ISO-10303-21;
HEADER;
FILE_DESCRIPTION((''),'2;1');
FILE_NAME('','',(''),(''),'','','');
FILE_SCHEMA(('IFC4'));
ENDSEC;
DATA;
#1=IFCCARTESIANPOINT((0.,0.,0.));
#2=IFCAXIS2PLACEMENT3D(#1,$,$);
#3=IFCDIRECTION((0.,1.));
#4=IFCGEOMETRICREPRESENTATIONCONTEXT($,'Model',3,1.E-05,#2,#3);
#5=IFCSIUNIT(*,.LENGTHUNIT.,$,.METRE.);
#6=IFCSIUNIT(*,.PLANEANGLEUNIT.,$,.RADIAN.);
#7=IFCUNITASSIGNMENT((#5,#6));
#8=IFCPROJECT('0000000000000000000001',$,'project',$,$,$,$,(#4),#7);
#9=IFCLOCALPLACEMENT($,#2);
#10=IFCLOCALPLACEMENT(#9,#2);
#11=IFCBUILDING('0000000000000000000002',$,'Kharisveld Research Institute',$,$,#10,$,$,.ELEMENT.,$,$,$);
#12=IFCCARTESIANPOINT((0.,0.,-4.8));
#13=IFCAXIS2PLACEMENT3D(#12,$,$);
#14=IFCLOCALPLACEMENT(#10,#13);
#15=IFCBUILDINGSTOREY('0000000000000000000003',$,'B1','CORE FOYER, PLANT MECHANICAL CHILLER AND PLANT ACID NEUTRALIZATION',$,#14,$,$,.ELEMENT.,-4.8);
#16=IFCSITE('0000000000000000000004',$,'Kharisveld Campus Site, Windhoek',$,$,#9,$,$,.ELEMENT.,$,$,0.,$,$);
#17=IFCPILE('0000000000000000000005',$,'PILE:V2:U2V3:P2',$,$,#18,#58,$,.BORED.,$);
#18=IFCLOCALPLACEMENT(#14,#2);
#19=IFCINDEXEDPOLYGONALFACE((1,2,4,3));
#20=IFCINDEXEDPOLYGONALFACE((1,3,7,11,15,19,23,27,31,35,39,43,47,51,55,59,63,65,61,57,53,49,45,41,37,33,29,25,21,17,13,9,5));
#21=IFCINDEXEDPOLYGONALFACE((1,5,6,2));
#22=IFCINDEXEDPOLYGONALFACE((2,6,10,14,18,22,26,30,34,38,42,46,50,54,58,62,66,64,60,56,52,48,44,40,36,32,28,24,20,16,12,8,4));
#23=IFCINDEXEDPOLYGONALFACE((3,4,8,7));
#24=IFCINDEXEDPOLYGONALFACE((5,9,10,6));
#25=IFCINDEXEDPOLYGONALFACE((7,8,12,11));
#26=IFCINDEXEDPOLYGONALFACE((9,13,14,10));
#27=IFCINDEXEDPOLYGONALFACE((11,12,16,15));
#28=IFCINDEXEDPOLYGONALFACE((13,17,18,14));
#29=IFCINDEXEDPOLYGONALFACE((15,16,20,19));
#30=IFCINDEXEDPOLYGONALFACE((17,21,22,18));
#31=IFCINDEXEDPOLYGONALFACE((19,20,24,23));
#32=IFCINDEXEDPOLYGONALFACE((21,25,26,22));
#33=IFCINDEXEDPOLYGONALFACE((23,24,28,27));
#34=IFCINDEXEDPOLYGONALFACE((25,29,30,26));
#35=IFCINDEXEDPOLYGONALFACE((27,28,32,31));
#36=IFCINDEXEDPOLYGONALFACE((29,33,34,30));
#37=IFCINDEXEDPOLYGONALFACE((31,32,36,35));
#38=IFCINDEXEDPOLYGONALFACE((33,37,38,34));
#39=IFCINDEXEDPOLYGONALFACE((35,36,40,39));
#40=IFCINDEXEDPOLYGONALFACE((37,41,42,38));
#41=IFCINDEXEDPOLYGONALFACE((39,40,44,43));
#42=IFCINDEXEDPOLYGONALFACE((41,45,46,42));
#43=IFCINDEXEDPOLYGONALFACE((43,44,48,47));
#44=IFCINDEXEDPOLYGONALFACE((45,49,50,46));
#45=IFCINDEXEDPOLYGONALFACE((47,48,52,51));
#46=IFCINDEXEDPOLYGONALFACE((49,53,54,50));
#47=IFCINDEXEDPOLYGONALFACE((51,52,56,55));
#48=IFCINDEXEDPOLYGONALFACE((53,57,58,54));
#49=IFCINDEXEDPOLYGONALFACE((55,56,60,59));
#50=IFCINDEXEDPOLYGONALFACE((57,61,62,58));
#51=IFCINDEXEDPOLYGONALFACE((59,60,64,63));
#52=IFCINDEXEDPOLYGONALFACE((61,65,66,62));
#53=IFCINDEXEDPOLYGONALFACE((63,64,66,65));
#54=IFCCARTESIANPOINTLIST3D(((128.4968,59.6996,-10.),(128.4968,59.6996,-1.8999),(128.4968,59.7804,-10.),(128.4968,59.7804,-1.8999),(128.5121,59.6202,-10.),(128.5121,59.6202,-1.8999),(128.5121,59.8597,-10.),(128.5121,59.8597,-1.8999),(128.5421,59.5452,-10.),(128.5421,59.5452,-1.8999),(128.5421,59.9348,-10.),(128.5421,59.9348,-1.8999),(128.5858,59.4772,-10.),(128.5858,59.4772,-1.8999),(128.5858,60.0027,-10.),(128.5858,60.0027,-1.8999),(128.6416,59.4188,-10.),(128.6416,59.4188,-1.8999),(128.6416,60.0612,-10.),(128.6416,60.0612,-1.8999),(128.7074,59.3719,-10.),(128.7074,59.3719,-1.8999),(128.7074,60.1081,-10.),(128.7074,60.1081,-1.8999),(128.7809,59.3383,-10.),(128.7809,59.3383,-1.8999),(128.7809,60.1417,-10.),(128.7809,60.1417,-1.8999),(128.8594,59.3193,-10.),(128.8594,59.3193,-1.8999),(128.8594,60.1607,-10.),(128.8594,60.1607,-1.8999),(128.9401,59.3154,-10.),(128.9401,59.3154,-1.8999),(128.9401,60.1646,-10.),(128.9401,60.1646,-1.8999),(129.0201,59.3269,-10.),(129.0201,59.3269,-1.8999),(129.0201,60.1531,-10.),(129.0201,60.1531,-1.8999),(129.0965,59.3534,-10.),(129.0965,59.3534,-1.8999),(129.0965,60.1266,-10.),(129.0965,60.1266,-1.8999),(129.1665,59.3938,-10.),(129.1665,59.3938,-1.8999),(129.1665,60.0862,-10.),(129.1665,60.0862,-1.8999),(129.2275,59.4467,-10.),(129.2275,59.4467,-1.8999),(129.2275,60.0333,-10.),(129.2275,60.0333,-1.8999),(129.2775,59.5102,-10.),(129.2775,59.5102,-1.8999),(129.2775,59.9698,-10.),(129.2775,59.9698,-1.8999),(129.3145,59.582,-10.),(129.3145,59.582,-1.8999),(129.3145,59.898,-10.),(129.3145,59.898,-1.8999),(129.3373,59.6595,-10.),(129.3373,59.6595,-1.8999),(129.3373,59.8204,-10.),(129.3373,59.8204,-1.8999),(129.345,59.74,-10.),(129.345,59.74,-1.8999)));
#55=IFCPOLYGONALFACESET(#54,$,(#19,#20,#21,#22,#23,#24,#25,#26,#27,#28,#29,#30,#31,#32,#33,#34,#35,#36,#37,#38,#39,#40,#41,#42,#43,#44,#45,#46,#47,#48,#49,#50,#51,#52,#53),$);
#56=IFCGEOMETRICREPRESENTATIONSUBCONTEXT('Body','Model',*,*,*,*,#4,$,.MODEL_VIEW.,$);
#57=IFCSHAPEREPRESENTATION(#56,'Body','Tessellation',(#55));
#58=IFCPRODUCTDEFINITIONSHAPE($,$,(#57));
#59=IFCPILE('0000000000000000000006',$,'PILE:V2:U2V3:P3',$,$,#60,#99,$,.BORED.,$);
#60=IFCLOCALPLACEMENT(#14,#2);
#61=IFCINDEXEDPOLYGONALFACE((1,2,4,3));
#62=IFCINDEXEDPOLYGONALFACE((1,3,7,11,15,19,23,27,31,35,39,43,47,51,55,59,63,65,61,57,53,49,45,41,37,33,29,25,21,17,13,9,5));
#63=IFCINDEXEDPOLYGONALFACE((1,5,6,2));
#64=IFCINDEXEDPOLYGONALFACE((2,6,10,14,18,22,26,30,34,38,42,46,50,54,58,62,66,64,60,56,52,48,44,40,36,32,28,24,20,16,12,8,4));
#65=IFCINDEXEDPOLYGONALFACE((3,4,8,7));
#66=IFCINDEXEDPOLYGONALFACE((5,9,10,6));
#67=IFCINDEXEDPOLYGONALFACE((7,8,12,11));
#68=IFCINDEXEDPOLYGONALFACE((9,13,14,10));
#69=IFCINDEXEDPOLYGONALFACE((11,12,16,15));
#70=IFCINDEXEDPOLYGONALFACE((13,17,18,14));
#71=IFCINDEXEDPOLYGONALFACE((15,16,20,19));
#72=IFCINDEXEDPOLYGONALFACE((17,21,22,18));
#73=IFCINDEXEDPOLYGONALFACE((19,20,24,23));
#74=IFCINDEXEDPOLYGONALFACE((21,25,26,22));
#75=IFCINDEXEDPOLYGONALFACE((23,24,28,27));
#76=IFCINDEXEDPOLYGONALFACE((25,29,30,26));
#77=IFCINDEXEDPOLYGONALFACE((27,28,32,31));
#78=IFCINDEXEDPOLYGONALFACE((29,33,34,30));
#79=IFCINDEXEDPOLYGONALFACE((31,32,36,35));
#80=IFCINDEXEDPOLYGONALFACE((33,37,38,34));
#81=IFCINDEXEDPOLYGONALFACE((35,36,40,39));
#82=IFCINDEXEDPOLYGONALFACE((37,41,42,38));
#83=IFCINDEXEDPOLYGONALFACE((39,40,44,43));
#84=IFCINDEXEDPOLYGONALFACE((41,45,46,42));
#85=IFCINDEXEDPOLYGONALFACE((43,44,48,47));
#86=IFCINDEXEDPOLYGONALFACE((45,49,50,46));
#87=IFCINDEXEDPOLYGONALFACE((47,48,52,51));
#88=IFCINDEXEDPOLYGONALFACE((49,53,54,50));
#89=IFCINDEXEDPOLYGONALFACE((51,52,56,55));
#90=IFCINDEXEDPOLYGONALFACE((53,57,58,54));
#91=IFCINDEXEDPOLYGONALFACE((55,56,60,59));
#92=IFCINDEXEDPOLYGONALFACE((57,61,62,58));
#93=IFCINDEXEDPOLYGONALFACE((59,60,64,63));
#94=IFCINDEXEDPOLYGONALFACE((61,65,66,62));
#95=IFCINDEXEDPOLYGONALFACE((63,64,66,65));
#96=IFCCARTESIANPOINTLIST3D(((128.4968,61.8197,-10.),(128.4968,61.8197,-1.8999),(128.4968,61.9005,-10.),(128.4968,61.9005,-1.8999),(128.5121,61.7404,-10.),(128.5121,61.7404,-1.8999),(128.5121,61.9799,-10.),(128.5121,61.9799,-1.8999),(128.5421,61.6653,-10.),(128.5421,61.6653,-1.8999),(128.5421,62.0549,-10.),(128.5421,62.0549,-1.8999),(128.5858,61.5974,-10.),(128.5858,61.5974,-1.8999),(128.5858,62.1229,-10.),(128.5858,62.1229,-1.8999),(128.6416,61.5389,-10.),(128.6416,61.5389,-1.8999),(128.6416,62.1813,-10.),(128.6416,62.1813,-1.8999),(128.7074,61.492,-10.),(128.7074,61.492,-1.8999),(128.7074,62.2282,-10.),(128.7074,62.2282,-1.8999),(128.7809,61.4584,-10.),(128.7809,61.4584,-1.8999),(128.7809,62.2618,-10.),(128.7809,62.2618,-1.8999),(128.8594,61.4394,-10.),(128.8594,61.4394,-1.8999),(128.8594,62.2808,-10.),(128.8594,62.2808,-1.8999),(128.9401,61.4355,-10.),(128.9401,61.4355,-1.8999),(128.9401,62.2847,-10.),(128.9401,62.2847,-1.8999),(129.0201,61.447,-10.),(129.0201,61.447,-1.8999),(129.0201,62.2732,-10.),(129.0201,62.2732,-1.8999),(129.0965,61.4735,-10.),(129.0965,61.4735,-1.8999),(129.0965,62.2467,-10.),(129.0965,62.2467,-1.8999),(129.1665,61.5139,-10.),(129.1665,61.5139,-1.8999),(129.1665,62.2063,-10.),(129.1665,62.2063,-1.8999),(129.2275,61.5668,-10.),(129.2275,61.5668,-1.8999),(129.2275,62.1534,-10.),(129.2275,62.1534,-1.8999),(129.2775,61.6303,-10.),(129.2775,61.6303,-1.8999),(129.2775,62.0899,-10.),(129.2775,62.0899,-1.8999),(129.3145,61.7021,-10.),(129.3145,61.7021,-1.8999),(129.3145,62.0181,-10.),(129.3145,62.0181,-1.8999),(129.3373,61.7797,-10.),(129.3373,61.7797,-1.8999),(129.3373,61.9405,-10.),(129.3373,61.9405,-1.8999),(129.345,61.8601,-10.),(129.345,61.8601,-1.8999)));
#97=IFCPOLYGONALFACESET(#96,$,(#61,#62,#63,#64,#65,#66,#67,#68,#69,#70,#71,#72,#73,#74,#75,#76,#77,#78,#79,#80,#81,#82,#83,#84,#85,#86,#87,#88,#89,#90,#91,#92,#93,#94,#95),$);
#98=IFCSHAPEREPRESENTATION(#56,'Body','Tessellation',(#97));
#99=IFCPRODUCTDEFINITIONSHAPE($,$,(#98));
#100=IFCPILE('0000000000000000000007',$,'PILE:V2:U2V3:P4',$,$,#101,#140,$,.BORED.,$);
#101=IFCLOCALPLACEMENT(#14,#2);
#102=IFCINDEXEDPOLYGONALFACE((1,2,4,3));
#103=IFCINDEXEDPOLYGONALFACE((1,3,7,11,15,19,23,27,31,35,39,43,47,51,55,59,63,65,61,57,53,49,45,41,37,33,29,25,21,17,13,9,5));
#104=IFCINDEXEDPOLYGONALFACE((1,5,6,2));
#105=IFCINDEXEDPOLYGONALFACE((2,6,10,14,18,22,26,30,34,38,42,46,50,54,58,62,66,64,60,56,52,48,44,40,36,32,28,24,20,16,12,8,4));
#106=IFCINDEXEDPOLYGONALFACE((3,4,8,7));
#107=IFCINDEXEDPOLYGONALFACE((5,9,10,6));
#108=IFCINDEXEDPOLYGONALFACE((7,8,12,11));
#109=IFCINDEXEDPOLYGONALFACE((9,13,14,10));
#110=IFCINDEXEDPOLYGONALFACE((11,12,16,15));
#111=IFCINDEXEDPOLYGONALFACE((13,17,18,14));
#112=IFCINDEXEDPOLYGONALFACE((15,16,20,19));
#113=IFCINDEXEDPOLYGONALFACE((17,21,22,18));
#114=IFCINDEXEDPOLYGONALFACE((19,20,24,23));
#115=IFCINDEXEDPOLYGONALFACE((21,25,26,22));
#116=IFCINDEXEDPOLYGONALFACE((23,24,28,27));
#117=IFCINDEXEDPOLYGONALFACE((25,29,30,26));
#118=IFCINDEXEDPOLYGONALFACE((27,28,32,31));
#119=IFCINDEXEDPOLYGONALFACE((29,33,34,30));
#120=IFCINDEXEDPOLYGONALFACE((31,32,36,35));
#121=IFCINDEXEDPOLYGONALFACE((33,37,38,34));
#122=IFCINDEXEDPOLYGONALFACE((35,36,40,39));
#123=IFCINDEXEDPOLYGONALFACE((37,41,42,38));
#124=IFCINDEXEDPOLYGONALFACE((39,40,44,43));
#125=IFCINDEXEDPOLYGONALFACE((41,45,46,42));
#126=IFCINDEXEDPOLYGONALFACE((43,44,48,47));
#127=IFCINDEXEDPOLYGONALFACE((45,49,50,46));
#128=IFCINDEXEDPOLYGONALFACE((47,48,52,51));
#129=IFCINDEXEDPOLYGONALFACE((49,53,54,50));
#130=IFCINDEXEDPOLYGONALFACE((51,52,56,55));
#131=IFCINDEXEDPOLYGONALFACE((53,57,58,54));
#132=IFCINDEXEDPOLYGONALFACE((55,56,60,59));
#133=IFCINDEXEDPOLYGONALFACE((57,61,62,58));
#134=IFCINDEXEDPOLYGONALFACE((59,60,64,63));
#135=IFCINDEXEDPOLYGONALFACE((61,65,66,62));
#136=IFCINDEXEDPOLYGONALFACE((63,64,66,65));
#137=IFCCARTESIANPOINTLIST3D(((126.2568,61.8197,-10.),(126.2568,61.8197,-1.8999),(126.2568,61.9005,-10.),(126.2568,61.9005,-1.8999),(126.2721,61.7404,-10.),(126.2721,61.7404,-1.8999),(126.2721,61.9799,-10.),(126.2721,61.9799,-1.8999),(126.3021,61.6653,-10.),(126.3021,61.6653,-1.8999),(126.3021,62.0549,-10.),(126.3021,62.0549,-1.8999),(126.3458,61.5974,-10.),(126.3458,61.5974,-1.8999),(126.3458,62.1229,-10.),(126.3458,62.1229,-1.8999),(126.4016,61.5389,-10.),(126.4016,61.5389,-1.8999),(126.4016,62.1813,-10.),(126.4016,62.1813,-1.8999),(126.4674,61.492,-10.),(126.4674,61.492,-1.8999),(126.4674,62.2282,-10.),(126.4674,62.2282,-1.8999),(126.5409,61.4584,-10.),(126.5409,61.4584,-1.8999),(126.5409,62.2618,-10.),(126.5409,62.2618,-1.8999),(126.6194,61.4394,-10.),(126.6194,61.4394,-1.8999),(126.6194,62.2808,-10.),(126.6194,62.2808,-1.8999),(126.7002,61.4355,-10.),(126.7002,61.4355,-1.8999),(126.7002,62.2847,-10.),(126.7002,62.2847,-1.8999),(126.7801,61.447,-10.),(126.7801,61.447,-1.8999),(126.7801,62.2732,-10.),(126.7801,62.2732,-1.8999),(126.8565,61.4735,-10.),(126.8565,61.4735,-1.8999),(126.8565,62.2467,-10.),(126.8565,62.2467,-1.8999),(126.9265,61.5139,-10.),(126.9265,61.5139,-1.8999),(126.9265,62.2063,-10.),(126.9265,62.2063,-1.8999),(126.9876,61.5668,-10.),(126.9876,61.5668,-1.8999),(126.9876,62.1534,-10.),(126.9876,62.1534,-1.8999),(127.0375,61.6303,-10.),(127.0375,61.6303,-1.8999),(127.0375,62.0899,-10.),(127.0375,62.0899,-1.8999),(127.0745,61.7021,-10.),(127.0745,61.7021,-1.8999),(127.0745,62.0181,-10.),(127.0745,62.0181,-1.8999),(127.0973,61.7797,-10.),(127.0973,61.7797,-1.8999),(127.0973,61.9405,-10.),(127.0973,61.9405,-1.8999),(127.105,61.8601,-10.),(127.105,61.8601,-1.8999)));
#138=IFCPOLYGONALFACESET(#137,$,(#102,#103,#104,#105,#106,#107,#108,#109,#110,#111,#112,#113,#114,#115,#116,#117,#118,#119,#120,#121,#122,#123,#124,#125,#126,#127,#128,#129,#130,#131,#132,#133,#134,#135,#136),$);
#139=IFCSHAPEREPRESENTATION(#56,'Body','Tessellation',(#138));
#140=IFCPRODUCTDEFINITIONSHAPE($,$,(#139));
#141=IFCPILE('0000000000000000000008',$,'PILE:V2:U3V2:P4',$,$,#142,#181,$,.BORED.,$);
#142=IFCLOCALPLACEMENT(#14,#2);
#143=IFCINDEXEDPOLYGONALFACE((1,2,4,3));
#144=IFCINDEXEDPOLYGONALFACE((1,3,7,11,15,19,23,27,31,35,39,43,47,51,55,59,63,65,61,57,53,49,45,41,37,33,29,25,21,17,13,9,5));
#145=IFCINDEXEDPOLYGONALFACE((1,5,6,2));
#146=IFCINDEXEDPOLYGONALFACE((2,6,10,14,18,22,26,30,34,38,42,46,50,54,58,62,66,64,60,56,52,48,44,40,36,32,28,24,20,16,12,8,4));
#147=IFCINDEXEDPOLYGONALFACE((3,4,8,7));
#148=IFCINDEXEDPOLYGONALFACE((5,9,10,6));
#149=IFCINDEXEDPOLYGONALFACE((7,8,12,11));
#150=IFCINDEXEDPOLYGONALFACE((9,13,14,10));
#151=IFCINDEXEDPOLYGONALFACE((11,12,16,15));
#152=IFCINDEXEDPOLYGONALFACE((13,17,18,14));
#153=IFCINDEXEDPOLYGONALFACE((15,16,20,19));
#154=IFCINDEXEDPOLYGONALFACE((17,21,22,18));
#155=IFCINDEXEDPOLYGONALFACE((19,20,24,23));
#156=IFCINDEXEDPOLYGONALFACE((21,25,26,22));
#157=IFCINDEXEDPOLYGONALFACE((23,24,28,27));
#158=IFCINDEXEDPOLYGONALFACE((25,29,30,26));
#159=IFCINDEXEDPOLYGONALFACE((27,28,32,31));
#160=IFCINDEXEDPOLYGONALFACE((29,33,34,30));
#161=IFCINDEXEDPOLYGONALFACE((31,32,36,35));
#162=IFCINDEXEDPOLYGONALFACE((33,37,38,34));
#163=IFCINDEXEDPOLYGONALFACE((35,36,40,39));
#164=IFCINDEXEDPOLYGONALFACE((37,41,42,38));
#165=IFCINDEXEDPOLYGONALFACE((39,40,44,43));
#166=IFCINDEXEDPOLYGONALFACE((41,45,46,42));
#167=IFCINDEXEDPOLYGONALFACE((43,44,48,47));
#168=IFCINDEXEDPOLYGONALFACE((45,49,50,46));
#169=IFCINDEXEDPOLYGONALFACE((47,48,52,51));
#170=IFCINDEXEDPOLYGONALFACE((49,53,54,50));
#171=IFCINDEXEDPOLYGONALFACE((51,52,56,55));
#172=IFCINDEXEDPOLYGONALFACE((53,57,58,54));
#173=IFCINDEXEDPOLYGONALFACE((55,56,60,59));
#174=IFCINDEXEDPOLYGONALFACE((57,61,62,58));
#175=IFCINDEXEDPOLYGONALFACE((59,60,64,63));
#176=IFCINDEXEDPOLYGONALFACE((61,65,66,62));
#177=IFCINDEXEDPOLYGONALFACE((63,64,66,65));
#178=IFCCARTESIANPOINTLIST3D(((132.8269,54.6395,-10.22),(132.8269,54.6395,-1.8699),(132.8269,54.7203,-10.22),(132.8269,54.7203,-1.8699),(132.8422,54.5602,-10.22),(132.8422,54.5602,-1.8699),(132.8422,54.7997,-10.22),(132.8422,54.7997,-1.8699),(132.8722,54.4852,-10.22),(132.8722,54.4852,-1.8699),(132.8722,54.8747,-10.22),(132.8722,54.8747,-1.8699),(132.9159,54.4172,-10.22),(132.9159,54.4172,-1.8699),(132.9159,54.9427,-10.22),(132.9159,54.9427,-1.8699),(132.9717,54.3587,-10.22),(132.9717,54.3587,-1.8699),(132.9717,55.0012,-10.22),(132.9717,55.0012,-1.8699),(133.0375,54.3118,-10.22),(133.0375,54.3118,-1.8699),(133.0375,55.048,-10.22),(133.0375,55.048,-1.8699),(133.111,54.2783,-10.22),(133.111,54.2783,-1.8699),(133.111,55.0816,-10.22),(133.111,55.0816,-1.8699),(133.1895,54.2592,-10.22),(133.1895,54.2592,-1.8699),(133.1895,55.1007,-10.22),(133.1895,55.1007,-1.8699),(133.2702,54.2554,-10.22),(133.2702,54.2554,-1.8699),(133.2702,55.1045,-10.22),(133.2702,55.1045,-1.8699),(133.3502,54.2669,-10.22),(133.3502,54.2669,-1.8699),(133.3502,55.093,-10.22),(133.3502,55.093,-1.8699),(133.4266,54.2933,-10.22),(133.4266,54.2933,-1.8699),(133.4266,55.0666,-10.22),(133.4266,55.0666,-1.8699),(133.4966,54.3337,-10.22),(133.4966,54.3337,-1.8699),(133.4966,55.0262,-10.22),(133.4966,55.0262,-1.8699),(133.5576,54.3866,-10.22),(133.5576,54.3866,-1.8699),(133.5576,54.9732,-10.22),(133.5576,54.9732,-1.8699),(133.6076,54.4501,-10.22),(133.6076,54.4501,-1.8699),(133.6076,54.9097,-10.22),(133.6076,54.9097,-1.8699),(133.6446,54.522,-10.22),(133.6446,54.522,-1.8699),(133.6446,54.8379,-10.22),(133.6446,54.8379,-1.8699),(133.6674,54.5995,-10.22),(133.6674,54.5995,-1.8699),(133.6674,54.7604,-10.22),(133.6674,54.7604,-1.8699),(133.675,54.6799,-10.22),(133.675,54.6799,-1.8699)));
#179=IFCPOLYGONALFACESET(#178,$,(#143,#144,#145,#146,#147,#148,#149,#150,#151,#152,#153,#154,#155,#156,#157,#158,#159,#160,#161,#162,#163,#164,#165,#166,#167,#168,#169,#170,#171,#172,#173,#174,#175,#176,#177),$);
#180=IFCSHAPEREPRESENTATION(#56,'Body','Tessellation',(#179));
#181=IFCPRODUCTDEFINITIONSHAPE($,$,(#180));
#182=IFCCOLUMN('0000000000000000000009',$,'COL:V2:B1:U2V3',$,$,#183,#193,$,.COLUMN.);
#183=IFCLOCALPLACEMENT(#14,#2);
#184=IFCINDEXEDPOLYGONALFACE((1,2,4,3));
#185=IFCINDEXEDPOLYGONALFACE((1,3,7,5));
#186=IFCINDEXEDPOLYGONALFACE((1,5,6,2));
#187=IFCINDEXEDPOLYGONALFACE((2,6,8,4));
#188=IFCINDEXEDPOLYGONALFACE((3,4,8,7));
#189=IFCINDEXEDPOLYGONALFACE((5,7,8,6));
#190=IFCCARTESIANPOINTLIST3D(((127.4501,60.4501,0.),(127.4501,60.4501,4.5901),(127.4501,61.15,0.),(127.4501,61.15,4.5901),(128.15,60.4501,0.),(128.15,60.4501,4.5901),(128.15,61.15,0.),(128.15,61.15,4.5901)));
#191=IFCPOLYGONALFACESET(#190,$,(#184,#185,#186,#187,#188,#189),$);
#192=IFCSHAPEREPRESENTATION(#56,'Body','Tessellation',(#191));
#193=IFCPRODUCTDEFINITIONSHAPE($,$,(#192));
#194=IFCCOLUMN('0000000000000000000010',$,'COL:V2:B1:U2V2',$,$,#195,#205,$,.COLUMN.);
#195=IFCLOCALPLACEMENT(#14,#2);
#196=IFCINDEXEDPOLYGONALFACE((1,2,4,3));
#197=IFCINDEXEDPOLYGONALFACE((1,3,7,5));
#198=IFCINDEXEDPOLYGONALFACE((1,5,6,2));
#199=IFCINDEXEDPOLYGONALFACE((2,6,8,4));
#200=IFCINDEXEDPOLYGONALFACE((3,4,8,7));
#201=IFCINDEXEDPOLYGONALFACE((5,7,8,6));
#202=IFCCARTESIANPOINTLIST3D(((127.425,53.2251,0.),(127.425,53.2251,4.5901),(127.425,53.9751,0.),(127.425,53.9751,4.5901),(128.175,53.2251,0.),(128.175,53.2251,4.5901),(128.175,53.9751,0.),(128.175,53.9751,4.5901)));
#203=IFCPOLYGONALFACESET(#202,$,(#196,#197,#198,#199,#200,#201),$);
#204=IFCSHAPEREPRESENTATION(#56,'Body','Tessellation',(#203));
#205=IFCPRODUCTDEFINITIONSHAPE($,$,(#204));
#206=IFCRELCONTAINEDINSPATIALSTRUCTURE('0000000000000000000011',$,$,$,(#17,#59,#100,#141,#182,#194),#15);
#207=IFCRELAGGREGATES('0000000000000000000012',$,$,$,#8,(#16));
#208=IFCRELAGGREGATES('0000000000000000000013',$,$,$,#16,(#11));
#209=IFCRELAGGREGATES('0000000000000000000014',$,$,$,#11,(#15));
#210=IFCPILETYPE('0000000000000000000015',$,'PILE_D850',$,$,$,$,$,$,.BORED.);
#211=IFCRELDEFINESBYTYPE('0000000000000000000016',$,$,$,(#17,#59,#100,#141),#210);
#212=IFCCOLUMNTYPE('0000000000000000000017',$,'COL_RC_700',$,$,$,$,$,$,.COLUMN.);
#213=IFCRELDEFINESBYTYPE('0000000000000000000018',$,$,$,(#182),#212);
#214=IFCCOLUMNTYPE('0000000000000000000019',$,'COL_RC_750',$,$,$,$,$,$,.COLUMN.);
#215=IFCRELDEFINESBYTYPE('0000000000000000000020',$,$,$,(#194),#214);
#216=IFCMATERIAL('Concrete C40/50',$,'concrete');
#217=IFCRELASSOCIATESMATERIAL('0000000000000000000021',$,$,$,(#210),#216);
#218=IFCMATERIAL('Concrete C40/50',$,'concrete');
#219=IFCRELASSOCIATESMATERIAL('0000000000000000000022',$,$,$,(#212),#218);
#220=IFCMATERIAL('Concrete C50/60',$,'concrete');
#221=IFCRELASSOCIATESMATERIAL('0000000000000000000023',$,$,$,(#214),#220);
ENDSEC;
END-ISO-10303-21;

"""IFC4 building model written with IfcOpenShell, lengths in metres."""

from ifc_helpers import new_model, si_unit, direction, frame, origin, origin_2d, place, context, subcontext, project, spatial, rectangle, circle, extrude, material, material_profile, profile_set, type_object, element, save


model = new_model("IFC4")

# Units and contexts
model_context = context("Model", 3, precision=1e-05, world=origin(), true_north=direction((0.0, 1.0)))
body_context = subcontext(model_context, "Body", "Model", "MODEL_VIEW")
ifc_project = project(units=[si_unit("LENGTHUNIT", "METRE"), si_unit("PLANEANGLEUNIT", "RADIAN")], contexts=[model_context])

# Site, building, storey
site_placement = place(None, origin())
site = spatial("IfcSite", under=ifc_project, at=site_placement, Name="Kharisveld Campus Site, Windhoek", CompositionType="ELEMENT", RefElevation=0.0)
building_placement = place(site_placement, origin())
building = spatial("IfcBuilding", under=site, at=building_placement, Name="Kharisveld Research Institute", CompositionType="ELEMENT")
storey_placement = place(building_placement, frame((0.0, 0.0, -4.8)))
storey = spatial("IfcBuildingStorey", under=building, at=storey_placement, Name="B1", Description="CORE FOYER, PLANT MECHANICAL CHILLER AND PLANT ACID NEUTRALIZATION", CompositionType="ELEMENT", Elevation=-4.8)

# Piles
ifc_material_1 = material(Name="Concrete C40/50", Category="concrete")
ifc_material_profile_1 = material_profile(ifc_material_1, circle(Radius=0.425, at=origin_2d()))
ifc_profile_set_1 = profile_set([ifc_material_profile_1], Name="Concrete C40/50")
pile_type_1 = type_object("IfcPileType", Name="PILE_D850", PredefinedType="BORED", material=ifc_profile_set_1)
for number, where, z_axis, x_axis, name in (
    (1, (128.9199, 59.74, -1.8999), (0.0, 0.0, -1.0), (1.0, 0.0, 0.0), "PILE:V2:U2V3:P2"),
    (2, (128.9199, 61.8601, -1.8999), (0.0, 0.0, -1.0), (1.0, 0.0, 0.0), "PILE:V2:U2V3:P3"),
    (3, (126.6799, 61.8601, -1.8999), (0.0, 0.0, -1.0), (1.0, 0.0, 0.0), "PILE:V2:U2V3:P4"),
):
    element("IfcPile", number, at=place(storey_placement, frame(where, z_axis=z_axis, x_axis=x_axis)), inside=storey, type_object=pile_type_1, Name=name, PredefinedType="BORED", context=body_context, shape_type="SweptSolid", body=[
        extrude(circle(Radius=0.425, at=origin_2d()), origin(), (0.0, 0.0, 1.0), 8.1001),
    ])
pile_placement = place(storey_placement, frame((133.25, 54.6799, -1.8699), z_axis=(0.0, 0.0, -1.0), x_axis=(1.0, 0.0, 0.0)))
element("IfcPile", 4, at=pile_placement, inside=storey, type_object=pile_type_1, Name="PILE:V2:U3V2:P4", PredefinedType="BORED", context=body_context, shape_type="SweptSolid", body=[
    extrude(circle(Radius=0.425, at=origin_2d()), origin(), (0.0, 0.0, 1.0), 8.3501),
])

# Columns
ifc_material_2 = material(Name="Concrete C40/50", Category="concrete")
ifc_material_profile_2 = material_profile(ifc_material_2, rectangle(XDim=0.7, YDim=0.7, at=origin_2d()))
ifc_profile_set_2 = profile_set([ifc_material_profile_2], Name="Concrete C40/50")
column_type_1 = type_object("IfcColumnType", Name="COL_RC_700", PredefinedType="COLUMN", material=ifc_profile_set_2)
column_placement = place(storey_placement, frame((127.8, 60.8, 0.0), z_axis=(0.0, 0.0, 1.0), x_axis=(1.0, 0.0, 0.0)))
element("IfcColumn", 5, at=column_placement, inside=storey, type_object=column_type_1, Name="COL:V2:B1:U2V3", PredefinedType="COLUMN", context=body_context, shape_type="SweptSolid", body=[
    extrude(rectangle(XDim=0.7, YDim=0.7, at=origin_2d()), origin(), (0.0, 0.0, 1.0), 4.5901),
])
ifc_material_3 = material(Name="Concrete C50/60", Category="concrete")
ifc_material_profile_3 = material_profile(ifc_material_3, rectangle(XDim=0.75, YDim=0.75, at=origin_2d()))
ifc_profile_set_3 = profile_set([ifc_material_profile_3], Name="Concrete C50/60")
column_type_2 = type_object("IfcColumnType", Name="COL_RC_750", PredefinedType="COLUMN", material=ifc_profile_set_3)
for number, where, z_axis, x_axis, name in (
    (6, (127.8, 53.6001, 0.0), (0.0, 0.0, 1.0), (1.0, 0.0, 0.0), "COL:V2:B1:U2V2"),
):
    element("IfcColumn", number, at=place(storey_placement, frame(where, z_axis=z_axis, x_axis=x_axis)), inside=storey, type_object=column_type_2, Name=name, PredefinedType="COLUMN", context=body_context, shape_type="SweptSolid", body=[
        extrude(rectangle(XDim=0.75, YDim=0.75, at=origin_2d()), origin(), (0.0, 0.0, 1.0), 4.5901),
    ])

save(model, "model.ifc")
